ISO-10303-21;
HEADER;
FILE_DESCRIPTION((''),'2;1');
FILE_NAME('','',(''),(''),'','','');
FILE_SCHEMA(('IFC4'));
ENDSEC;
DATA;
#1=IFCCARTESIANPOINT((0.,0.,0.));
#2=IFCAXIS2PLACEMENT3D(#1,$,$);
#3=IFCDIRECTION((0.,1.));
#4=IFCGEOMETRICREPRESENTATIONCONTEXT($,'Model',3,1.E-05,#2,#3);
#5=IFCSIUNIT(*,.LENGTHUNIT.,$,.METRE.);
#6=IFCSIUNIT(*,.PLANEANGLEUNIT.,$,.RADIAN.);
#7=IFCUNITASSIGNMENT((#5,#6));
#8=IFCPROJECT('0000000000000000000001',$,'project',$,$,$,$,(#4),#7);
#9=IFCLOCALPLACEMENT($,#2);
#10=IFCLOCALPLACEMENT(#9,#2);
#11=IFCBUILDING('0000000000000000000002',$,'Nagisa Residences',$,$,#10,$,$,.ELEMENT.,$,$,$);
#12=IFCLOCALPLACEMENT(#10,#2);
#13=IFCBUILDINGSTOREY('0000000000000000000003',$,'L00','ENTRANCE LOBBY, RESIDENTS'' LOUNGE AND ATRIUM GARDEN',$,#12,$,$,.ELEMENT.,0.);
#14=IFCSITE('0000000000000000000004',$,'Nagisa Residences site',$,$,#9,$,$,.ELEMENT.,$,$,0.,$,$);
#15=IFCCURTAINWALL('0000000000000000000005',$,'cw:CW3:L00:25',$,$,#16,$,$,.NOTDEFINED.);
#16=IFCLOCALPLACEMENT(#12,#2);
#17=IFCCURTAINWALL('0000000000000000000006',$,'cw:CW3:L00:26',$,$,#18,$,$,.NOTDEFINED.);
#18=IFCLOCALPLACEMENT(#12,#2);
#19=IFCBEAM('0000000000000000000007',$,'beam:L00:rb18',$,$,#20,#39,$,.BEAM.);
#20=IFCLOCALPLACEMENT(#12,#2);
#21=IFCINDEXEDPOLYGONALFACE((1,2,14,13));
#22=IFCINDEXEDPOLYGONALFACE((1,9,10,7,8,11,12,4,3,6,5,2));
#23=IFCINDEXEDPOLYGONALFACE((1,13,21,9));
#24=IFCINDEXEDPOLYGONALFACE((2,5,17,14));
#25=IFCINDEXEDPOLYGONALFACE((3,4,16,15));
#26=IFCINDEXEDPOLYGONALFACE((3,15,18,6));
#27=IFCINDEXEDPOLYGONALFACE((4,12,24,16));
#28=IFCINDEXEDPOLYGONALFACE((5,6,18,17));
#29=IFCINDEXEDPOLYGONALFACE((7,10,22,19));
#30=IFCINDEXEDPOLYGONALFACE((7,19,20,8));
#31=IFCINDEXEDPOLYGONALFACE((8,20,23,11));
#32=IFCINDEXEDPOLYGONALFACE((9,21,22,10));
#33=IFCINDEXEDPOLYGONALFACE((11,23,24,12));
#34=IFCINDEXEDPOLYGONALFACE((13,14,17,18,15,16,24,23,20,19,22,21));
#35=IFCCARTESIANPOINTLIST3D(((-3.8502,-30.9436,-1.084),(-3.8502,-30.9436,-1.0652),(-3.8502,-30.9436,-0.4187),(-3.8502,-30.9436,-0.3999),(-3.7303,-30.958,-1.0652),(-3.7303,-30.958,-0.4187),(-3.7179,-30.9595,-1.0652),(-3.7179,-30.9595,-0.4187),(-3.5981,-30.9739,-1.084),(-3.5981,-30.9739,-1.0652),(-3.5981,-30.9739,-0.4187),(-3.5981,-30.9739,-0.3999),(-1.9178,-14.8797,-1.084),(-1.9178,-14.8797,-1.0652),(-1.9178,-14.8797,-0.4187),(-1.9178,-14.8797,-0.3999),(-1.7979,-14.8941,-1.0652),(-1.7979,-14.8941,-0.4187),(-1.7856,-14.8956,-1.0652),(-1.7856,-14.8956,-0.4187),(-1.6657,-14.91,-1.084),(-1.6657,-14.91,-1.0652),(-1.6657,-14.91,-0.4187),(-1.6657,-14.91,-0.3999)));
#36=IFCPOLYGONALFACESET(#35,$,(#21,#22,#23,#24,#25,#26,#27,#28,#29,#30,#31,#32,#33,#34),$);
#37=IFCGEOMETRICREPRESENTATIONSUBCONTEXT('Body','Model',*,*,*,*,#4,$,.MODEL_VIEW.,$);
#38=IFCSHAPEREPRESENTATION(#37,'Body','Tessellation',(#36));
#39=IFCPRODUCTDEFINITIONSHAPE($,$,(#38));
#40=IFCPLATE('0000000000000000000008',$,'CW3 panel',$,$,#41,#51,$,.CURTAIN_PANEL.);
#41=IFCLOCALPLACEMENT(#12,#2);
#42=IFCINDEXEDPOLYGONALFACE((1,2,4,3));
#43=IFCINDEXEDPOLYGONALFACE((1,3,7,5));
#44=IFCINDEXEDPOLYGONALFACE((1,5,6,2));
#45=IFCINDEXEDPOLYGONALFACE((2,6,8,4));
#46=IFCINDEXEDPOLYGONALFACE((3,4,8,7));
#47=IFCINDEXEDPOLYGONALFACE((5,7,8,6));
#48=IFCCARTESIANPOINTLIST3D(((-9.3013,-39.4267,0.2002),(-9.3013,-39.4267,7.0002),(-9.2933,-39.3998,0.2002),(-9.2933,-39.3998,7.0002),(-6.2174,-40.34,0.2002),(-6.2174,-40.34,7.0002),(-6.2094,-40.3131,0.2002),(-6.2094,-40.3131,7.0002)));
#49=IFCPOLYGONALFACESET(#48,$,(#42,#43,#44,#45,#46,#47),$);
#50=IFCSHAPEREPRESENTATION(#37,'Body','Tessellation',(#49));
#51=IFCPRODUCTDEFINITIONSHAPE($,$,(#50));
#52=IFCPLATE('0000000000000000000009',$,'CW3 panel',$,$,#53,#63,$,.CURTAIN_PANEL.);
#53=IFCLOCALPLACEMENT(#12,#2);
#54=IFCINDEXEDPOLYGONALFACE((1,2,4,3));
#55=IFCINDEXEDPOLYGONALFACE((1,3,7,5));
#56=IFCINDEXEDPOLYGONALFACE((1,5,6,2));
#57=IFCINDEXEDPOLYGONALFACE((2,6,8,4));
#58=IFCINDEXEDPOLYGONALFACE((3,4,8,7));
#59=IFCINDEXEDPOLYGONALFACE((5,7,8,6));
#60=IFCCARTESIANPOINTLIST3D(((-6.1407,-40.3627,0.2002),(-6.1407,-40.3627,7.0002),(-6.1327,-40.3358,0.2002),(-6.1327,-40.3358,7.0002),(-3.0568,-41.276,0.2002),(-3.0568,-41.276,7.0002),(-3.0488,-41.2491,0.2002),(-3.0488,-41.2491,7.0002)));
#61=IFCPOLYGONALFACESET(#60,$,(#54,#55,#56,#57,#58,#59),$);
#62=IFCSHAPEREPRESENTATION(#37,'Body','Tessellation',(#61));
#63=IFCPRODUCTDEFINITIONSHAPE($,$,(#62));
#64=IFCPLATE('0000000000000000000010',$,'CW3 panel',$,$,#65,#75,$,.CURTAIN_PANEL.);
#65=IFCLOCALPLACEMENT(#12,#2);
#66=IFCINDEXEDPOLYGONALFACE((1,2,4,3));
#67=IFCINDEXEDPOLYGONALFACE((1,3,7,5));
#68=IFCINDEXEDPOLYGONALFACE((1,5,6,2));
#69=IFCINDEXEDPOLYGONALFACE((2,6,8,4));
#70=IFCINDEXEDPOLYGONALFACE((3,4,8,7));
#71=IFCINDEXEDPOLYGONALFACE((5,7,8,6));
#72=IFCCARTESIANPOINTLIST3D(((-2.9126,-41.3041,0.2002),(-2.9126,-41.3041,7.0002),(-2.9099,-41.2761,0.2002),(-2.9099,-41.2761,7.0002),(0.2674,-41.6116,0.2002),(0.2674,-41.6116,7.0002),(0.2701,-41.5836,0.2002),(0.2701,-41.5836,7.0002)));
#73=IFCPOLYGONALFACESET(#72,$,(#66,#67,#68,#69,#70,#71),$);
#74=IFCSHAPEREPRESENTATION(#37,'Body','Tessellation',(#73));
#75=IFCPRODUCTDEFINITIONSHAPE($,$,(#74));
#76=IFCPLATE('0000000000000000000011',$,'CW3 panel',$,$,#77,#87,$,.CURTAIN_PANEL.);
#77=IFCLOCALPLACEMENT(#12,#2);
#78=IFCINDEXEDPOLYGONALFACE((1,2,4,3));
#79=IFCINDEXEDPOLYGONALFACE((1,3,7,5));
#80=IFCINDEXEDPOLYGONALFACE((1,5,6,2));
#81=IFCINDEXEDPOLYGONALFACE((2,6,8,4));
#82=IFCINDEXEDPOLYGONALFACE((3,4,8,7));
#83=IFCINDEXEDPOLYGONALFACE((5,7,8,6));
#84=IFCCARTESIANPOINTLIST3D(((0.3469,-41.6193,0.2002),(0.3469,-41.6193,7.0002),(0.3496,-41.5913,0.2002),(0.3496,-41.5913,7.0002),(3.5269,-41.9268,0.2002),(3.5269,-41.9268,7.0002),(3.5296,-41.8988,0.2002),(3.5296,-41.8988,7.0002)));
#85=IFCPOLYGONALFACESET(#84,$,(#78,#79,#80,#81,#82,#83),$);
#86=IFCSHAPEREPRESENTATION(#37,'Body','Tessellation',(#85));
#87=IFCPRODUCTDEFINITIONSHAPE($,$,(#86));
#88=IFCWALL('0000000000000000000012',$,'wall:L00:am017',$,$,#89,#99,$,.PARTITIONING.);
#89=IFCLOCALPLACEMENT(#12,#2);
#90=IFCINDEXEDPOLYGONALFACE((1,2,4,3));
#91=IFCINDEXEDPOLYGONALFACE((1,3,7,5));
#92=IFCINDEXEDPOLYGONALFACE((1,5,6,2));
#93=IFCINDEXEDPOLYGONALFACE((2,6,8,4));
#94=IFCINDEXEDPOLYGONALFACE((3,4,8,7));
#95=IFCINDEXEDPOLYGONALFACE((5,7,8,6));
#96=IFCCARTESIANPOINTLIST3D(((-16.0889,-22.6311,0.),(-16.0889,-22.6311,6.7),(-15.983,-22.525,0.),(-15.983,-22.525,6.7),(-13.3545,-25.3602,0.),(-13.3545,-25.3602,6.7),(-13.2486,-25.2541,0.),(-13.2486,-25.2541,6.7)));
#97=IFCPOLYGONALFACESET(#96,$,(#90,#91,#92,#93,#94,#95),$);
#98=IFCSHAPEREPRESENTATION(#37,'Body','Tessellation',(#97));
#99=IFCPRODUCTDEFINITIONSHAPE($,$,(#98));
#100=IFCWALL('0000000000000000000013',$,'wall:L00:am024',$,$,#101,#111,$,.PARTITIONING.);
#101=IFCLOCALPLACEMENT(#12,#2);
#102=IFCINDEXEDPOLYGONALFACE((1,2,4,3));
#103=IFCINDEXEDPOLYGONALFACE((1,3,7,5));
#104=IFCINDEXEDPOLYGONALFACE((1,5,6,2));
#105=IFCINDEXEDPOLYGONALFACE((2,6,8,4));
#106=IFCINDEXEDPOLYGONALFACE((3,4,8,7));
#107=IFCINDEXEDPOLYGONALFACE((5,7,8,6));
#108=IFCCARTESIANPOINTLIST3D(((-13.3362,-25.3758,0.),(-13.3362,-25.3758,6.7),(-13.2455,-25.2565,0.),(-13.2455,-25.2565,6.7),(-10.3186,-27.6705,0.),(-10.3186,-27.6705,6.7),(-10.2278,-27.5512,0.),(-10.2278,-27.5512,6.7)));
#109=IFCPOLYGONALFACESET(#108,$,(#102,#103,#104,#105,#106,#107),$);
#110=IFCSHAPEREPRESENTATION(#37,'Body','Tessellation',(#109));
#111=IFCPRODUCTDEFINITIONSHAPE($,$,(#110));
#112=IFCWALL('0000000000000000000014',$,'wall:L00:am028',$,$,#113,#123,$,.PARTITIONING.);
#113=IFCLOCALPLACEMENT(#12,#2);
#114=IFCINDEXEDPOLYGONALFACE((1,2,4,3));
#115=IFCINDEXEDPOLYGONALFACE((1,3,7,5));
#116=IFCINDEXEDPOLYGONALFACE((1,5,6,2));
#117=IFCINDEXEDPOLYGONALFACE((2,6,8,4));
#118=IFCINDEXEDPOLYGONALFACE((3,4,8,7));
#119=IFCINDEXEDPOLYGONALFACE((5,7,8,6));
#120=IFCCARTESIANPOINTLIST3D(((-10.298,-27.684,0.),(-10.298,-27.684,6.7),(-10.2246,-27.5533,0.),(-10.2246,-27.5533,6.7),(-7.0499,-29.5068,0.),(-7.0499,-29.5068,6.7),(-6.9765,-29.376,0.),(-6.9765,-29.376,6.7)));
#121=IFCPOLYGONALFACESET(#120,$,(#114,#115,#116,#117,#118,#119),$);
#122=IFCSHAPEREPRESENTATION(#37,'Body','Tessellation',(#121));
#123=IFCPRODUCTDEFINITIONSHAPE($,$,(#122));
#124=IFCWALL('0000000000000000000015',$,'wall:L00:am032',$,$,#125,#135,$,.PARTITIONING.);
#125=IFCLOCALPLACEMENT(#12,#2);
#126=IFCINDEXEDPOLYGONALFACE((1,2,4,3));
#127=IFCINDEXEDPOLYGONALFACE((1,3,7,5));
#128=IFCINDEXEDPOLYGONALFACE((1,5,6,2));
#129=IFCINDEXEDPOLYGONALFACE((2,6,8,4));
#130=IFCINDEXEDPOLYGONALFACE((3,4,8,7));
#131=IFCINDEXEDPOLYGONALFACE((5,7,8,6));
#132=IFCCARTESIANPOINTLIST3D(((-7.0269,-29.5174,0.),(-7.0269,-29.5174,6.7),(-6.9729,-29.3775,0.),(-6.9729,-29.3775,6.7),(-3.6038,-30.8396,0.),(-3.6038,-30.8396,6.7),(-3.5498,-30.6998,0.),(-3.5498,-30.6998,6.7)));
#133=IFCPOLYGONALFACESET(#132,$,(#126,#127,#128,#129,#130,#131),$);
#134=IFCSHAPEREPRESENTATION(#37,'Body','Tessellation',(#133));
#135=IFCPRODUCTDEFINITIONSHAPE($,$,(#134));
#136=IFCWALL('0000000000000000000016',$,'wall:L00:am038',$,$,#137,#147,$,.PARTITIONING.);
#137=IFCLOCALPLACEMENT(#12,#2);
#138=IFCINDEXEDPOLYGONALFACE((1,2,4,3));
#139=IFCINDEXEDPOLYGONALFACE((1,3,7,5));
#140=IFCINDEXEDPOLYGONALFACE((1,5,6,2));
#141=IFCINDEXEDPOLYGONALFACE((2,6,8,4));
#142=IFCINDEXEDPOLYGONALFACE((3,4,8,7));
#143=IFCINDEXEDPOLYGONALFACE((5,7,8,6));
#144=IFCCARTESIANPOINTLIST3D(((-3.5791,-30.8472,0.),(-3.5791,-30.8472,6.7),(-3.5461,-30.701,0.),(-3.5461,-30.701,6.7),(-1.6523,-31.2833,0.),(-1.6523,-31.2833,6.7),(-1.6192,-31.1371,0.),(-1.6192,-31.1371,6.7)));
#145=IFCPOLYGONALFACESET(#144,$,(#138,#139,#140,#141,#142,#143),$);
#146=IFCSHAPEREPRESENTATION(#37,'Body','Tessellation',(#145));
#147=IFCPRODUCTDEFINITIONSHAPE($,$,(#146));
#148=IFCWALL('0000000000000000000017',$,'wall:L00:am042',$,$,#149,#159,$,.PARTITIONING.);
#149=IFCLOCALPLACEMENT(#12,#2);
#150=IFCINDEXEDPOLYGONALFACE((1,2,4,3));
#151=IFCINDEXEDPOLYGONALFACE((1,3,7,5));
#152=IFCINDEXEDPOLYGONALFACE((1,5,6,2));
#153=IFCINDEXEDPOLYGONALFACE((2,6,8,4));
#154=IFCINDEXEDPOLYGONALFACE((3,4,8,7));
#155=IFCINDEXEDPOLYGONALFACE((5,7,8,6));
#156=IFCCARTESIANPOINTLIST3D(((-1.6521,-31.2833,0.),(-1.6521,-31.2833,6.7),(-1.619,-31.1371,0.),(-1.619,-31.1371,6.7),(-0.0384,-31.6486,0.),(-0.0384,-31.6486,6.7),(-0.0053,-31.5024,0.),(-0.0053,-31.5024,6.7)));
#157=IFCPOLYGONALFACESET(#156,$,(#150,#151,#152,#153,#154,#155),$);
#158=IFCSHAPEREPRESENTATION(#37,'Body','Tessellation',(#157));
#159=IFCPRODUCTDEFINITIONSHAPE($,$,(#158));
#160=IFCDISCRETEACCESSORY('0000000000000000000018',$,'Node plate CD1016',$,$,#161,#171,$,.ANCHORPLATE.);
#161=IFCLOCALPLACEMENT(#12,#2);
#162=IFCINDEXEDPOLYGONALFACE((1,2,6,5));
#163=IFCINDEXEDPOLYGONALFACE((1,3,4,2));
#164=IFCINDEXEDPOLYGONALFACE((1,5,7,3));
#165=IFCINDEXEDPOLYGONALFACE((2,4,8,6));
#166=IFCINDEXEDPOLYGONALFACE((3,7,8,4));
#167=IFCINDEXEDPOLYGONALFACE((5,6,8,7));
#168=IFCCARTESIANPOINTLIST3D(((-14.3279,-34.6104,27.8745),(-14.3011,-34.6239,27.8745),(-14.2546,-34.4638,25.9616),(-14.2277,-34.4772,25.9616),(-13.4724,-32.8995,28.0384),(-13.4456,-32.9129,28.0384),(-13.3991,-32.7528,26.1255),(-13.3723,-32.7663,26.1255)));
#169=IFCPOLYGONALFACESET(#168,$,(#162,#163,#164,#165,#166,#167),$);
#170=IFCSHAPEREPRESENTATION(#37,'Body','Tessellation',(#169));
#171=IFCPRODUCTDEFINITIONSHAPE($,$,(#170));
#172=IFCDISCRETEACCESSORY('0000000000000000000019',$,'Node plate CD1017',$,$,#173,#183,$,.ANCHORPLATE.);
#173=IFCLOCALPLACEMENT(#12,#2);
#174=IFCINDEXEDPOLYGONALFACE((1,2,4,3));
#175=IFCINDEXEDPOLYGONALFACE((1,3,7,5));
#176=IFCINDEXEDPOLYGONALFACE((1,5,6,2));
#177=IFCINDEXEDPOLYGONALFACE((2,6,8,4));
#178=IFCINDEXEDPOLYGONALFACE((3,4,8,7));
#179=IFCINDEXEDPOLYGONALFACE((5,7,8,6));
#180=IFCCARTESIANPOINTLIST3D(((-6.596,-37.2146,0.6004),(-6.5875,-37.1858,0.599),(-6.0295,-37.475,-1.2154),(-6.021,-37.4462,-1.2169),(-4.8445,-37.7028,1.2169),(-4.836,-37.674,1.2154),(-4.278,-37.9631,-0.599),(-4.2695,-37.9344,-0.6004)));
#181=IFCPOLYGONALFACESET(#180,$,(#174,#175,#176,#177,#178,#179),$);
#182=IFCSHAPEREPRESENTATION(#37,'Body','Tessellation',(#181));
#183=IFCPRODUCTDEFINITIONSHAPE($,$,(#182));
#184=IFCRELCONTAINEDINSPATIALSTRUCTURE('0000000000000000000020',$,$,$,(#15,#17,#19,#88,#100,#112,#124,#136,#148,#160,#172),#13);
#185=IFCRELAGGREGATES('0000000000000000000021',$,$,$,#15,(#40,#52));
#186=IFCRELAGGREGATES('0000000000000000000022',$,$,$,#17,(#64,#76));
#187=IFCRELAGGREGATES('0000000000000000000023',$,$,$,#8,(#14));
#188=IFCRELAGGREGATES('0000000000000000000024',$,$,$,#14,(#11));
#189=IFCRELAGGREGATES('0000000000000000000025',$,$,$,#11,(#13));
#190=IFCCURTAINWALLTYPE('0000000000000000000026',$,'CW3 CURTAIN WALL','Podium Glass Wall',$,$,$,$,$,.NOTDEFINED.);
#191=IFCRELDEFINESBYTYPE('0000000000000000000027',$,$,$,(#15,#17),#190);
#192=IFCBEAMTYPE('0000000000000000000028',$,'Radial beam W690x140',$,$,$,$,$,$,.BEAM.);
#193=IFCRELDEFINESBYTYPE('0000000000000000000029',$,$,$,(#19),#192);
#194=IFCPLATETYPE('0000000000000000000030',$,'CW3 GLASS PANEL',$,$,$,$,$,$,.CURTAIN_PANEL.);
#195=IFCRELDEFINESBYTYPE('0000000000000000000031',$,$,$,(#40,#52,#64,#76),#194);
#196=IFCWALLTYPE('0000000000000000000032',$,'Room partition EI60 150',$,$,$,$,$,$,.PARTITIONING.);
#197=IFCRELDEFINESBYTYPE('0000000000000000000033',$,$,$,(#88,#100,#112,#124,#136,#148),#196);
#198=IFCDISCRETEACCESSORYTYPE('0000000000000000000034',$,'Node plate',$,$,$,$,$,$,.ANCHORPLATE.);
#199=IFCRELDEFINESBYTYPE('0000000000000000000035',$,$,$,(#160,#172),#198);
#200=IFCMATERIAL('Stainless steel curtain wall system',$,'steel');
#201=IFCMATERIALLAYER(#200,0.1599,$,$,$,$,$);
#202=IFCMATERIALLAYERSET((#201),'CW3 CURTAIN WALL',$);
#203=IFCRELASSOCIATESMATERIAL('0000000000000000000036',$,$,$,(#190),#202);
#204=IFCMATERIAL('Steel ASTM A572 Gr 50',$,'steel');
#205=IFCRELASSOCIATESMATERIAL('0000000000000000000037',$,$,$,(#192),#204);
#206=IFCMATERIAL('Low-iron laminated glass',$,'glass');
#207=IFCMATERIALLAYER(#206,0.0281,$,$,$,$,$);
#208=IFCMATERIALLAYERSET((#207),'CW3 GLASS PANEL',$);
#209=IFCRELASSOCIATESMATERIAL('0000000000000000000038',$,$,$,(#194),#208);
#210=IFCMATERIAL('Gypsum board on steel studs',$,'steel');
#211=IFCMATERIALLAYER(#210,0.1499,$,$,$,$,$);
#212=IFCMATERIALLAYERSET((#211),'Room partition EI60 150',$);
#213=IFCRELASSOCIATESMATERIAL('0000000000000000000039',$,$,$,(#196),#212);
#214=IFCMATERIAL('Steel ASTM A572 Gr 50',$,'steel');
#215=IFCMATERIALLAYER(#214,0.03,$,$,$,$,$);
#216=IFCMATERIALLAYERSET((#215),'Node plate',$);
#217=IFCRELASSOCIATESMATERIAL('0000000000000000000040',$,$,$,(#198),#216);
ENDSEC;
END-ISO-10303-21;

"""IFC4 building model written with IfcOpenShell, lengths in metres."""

from ifc_helpers import new_model, si_unit, direction, frame, frame_2d, origin, origin_2d, place, context, subcontext, project, spatial, rectangle, i_section, extrude, material, layer, layer_set, material_profile, profile_set, type_object, element, aggregate, save


model = new_model("IFC4")

# Units and contexts
model_context = context("Model", 3, precision=1e-05, world=origin(), true_north=direction((0.0, 1.0)))
body_context = subcontext(model_context, "Body", "Model", "MODEL_VIEW")
ifc_project = project(units=[si_unit("LENGTHUNIT", "METRE"), si_unit("PLANEANGLEUNIT", "RADIAN")], contexts=[model_context])

# Site, building, storey
site_placement = place(None, origin())
site = spatial("IfcSite", under=ifc_project, at=site_placement, Name="Nagisa Residences site", CompositionType="ELEMENT", RefElevation=0.0)
building_placement = place(site_placement, origin())
building = spatial("IfcBuilding", under=site, at=building_placement, Name="Nagisa Residences", CompositionType="ELEMENT")
storey_placement = place(building_placement, origin())
storey = spatial("IfcBuildingStorey", under=building, at=storey_placement, Name="L00", Description="ENTRANCE LOBBY, RESIDENTS' LOUNGE AND ATRIUM GARDEN", CompositionType="ELEMENT", Elevation=0.0)

# Shared definitions
ifc_material_1 = material(Name="Stainless steel curtain wall system", Category="steel")
ifc_layer_1 = layer(ifc_material_1, 0.1599)
ifc_layer_set_1 = layer_set([ifc_layer_1], Name="CW3 CURTAIN WALL")
curtain_wall_type = type_object("IfcCurtainWallType", Name="CW3 CURTAIN WALL", Description="Podium Glass Wall", PredefinedType="NOTDEFINED", material=ifc_layer_set_1)

# Curtain walls
curtain_wall_1_placement = place(storey_placement, origin())
curtain_wall_1 = element("IfcCurtainWall", 1, at=curtain_wall_1_placement, inside=storey, type_object=curtain_wall_type, Name="cw:CW3:L00:25", PredefinedType="NOTDEFINED")
curtain_wall_2_placement = place(storey_placement, origin())
curtain_wall_2 = element("IfcCurtainWall", 2, at=curtain_wall_2_placement, inside=storey, type_object=curtain_wall_type, Name="cw:CW3:L00:26", PredefinedType="NOTDEFINED")

# Beam
ifc_material_2 = material(Name="Steel ASTM A572 Gr 50", Category="steel")
ifc_material_profile_1 = material_profile(ifc_material_2, i_section(OverallWidth=0.2539, OverallDepth=0.6841, WebThickness=0.0125, FlangeThickness=0.0188, at=origin_2d()), Name="W690x140")
ifc_profile_set_1 = profile_set([ifc_material_profile_1], Name="Steel ASTM A572 Gr 50")
beam_type_1 = type_object("IfcBeamType", Name="Radial beam W690x140", PredefinedType="BEAM", material=ifc_profile_set_1)
beam_1_placement = place(storey_placement, frame((-3.7241, -30.9587, -0.7419), z_axis=(0.119431, 0.992842, 0.0), x_axis=(-0.992842, 0.119431, 0.0)))
element("IfcBeam", 3, at=beam_1_placement, inside=storey, type_object=beam_type_1, Name="beam:L00:rb18", PredefinedType="BEAM", context=body_context, shape_type="SweptSolid", body=[
    extrude(i_section(OverallWidth=0.2539, OverallDepth=0.6841, WebThickness=0.0125, FlangeThickness=0.0188, at=origin_2d()), origin(), (0.0, 0.0, 1.0), 16.1797),
])

# Plates
ifc_material_3 = material(Name="Low-iron laminated glass", Category="glass")
ifc_layer_2 = layer(ifc_material_3, 0.0281)
ifc_layer_set_2 = layer_set([ifc_layer_2], Name="CW3 GLASS PANEL")
plate_type = type_object("IfcPlateType", Name="CW3 GLASS PANEL", PredefinedType="CURTAIN_PANEL", material=ifc_layer_set_2)
plate_1_placement = place(storey_placement, frame((-7.7554, -39.8699, 0.2002), z_axis=(0.0, 0.0, 1.0), x_axis=(0.958835, -0.283963, 0.0)))
plate_1 = element("IfcPlate", 4, at=plate_1_placement, type_object=plate_type, Name="CW3 panel", PredefinedType="CURTAIN_PANEL", context=body_context, shape_type="SweptSolid", body=[
    extrude(rectangle(XDim=3.2163, YDim=0.0281, at=origin_2d()), origin(), (0.0, 0.0, 1.0), 6.8),
])
plate_2_placement = place(storey_placement, frame((-4.5947, -40.8059, 0.2002), z_axis=(0.0, 0.0, 1.0), x_axis=(0.958835, -0.283963, 0.0)))
plate_2 = element("IfcPlate", 5, at=plate_2_placement, type_object=plate_type, Name="CW3 panel", PredefinedType="CURTAIN_PANEL", context=body_context, shape_type="SweptSolid", body=[
    extrude(rectangle(XDim=3.2163, YDim=0.0281, at=origin_2d()), origin(), (0.0, 0.0, 1.0), 6.8),
])
aggregate(curtain_wall_1, [plate_1, plate_2])
plate_3_placement = place(storey_placement, frame((-1.3213, -41.4438, 0.2002), z_axis=(0.0, 0.0, 1.0), x_axis=(0.995357, -0.096249, 0.0)))
plate_3 = element("IfcPlate", 6, at=plate_3_placement, type_object=plate_type, Name="CW3 panel", PredefinedType="CURTAIN_PANEL", context=body_context, shape_type="SweptSolid", body=[
    extrude(rectangle(XDim=3.1948, YDim=0.0281, at=origin_2d()), origin(), (0.0, 0.0, 1.0), 6.8),
])
plate_4_placement = place(storey_placement, frame((1.9382, -41.759, 0.2002), z_axis=(0.0, 0.0, 1.0), x_axis=(0.995357, -0.096249, 0.0)))
plate_4 = element("IfcPlate", 7, at=plate_4_placement, type_object=plate_type, Name="CW3 panel", PredefinedType="CURTAIN_PANEL", context=body_context, shape_type="SweptSolid", body=[
    extrude(rectangle(XDim=3.1948, YDim=0.0281, at=origin_2d()), origin(), (0.0, 0.0, 1.0), 6.8),
])
aggregate(curtain_wall_2, [plate_3, plate_4])

# Walls
ifc_material_4 = material(Name="Gypsum board on steel studs", Category="steel")
ifc_layer_3 = layer(ifc_material_4, 0.1499)
ifc_layer_set_3 = layer_set([ifc_layer_3], Name="Room partition EI60 150")
wall_type_1 = type_object("IfcWallType", Name="Room partition EI60 150", PredefinedType="PARTITIONING", material=ifc_layer_set_3)
wall_1_placement = place(storey_placement, frame((-13.3015, -25.3071, 0.0), z_axis=(0.0, 0.0, 1.0), x_axis=(-0.707802, 0.706411, 0.0)))
element("IfcWall", 8, at=wall_1_placement, inside=storey, type_object=wall_type_1, Name="wall:L00:am017", PredefinedType="PARTITIONING", context=body_context, shape_type="SweptSolid", body=[
    extrude(rectangle(XDim=3.8633, YDim=0.1499, at=frame_2d((1.9316, 0.0))), origin(), (0.0, 0.0, 1.0), 6.7),
])
wall_2_placement = place(storey_placement, frame((-10.2732, -27.6108, 0.0), z_axis=(0.0, 0.0, 1.0), x_axis=(-0.795995, 0.605304, 0.0)))
element("IfcWall", 9, at=wall_2_placement, inside=storey, type_object=wall_type_1, Name="wall:L00:am024", PredefinedType="PARTITIONING", context=body_context, shape_type="SweptSolid", body=[
    extrude(rectangle(XDim=3.791, YDim=0.1499, at=frame_2d((1.8955, 0.0))), origin(), (0.0, 0.0, 1.0), 6.7),
])
wall_3_placement = place(storey_placement, frame((-7.0132, -29.4414, 0.0), z_axis=(0.0, 0.0, 1.0), x_axis=(-0.872065, 0.48939, 0.0)))
element("IfcWall", 10, at=wall_3_placement, inside=storey, type_object=wall_type_1, Name="wall:L00:am028", PredefinedType="PARTITIONING", context=body_context, shape_type="SweptSolid", body=[
    extrude(rectangle(XDim=3.7246, YDim=0.1499, at=frame_2d((1.8623, 0.0))), origin(), (0.0, 0.0, 1.0), 6.7),
])
wall_4_placement = place(storey_placement, frame((-3.5767, -30.7698, 0.0), z_axis=(0.0, 0.0, 1.0), x_axis=(-0.932825, 0.36033, 0.0)))
element("IfcWall", 11, at=wall_4_placement, inside=storey, type_object=wall_type_1, Name="wall:L00:am032", PredefinedType="PARTITIONING", context=body_context, shape_type="SweptSolid", body=[
    extrude(rectangle(XDim=3.6697, YDim=0.1499, at=frame_2d((1.835, 0.0))), origin(), (0.0, 0.0, 1.0), 6.7),
])
wall_5_placement = place(storey_placement, frame((-1.6357, -31.2102, 0.0), z_axis=(0.0, 0.0, 1.0), x_axis=(-0.975336, 0.220724, 0.0)))
element("IfcWall", 12, at=wall_5_placement, inside=storey, type_object=wall_type_1, Name="wall:L00:am038", PredefinedType="PARTITIONING", context=body_context, shape_type="SweptSolid", body=[
    extrude(rectangle(XDim=1.9756, YDim=0.1499, at=frame_2d((0.9878, 0.0))), origin(), (0.0, 0.0, 1.0), 6.7),
])
wall_6_placement = place(storey_placement, frame((-0.022, -31.5754, 0.0), z_axis=(0.0, 0.0, 1.0), x_axis=(-0.975332, 0.220741, 0.0)))
element("IfcWall", 13, at=wall_6_placement, inside=storey, type_object=wall_type_1, Name="wall:L00:am042", PredefinedType="PARTITIONING", context=body_context, shape_type="SweptSolid", body=[
    extrude(rectangle(XDim=1.6545, YDim=0.1499, at=frame_2d((0.8271, 0.0))), origin(), (0.0, 0.0, 1.0), 6.7),
])

# Discrete accessories
ifc_material_5 = material(Name="Steel ASTM A572 Gr 50", Category="steel")
ifc_layer_4 = layer(ifc_material_5, 0.03)
ifc_layer_set_4 = layer_set([ifc_layer_4], Name="Node plate")
discrete_accessory_type = type_object("IfcDiscreteAccessoryType", Name="Node plate", PredefinedType="ANCHORPLATE", material=ifc_layer_set_4)
for number, where, z_axis, x_axis, name in (
    (14, (-13.8635, -33.6816, 27.0), (0.894427, -0.447214, 0.0), (0.038188, 0.076376, -0.996347), "Node plate CD1016"),
    (15, (-5.437, -37.5889, 0.0007), (0.284028, 0.957579, -0.04869), (-0.295093, 0.135619, 0.945795), "Node plate CD1017"),
):
    element("IfcDiscreteAccessory", number, at=place(storey_placement, frame(where, z_axis=z_axis, x_axis=x_axis)), inside=storey, type_object=discrete_accessory_type, Name=name, PredefinedType="ANCHORPLATE", context=body_context, shape_type="SweptSolid", body=[
        extrude(rectangle(XDim=1.9199, YDim=1.9199, at=origin_2d()), origin(), (0.0, 0.0, 1.0), 0.03),
    ])

save(model, "model.ifc")
